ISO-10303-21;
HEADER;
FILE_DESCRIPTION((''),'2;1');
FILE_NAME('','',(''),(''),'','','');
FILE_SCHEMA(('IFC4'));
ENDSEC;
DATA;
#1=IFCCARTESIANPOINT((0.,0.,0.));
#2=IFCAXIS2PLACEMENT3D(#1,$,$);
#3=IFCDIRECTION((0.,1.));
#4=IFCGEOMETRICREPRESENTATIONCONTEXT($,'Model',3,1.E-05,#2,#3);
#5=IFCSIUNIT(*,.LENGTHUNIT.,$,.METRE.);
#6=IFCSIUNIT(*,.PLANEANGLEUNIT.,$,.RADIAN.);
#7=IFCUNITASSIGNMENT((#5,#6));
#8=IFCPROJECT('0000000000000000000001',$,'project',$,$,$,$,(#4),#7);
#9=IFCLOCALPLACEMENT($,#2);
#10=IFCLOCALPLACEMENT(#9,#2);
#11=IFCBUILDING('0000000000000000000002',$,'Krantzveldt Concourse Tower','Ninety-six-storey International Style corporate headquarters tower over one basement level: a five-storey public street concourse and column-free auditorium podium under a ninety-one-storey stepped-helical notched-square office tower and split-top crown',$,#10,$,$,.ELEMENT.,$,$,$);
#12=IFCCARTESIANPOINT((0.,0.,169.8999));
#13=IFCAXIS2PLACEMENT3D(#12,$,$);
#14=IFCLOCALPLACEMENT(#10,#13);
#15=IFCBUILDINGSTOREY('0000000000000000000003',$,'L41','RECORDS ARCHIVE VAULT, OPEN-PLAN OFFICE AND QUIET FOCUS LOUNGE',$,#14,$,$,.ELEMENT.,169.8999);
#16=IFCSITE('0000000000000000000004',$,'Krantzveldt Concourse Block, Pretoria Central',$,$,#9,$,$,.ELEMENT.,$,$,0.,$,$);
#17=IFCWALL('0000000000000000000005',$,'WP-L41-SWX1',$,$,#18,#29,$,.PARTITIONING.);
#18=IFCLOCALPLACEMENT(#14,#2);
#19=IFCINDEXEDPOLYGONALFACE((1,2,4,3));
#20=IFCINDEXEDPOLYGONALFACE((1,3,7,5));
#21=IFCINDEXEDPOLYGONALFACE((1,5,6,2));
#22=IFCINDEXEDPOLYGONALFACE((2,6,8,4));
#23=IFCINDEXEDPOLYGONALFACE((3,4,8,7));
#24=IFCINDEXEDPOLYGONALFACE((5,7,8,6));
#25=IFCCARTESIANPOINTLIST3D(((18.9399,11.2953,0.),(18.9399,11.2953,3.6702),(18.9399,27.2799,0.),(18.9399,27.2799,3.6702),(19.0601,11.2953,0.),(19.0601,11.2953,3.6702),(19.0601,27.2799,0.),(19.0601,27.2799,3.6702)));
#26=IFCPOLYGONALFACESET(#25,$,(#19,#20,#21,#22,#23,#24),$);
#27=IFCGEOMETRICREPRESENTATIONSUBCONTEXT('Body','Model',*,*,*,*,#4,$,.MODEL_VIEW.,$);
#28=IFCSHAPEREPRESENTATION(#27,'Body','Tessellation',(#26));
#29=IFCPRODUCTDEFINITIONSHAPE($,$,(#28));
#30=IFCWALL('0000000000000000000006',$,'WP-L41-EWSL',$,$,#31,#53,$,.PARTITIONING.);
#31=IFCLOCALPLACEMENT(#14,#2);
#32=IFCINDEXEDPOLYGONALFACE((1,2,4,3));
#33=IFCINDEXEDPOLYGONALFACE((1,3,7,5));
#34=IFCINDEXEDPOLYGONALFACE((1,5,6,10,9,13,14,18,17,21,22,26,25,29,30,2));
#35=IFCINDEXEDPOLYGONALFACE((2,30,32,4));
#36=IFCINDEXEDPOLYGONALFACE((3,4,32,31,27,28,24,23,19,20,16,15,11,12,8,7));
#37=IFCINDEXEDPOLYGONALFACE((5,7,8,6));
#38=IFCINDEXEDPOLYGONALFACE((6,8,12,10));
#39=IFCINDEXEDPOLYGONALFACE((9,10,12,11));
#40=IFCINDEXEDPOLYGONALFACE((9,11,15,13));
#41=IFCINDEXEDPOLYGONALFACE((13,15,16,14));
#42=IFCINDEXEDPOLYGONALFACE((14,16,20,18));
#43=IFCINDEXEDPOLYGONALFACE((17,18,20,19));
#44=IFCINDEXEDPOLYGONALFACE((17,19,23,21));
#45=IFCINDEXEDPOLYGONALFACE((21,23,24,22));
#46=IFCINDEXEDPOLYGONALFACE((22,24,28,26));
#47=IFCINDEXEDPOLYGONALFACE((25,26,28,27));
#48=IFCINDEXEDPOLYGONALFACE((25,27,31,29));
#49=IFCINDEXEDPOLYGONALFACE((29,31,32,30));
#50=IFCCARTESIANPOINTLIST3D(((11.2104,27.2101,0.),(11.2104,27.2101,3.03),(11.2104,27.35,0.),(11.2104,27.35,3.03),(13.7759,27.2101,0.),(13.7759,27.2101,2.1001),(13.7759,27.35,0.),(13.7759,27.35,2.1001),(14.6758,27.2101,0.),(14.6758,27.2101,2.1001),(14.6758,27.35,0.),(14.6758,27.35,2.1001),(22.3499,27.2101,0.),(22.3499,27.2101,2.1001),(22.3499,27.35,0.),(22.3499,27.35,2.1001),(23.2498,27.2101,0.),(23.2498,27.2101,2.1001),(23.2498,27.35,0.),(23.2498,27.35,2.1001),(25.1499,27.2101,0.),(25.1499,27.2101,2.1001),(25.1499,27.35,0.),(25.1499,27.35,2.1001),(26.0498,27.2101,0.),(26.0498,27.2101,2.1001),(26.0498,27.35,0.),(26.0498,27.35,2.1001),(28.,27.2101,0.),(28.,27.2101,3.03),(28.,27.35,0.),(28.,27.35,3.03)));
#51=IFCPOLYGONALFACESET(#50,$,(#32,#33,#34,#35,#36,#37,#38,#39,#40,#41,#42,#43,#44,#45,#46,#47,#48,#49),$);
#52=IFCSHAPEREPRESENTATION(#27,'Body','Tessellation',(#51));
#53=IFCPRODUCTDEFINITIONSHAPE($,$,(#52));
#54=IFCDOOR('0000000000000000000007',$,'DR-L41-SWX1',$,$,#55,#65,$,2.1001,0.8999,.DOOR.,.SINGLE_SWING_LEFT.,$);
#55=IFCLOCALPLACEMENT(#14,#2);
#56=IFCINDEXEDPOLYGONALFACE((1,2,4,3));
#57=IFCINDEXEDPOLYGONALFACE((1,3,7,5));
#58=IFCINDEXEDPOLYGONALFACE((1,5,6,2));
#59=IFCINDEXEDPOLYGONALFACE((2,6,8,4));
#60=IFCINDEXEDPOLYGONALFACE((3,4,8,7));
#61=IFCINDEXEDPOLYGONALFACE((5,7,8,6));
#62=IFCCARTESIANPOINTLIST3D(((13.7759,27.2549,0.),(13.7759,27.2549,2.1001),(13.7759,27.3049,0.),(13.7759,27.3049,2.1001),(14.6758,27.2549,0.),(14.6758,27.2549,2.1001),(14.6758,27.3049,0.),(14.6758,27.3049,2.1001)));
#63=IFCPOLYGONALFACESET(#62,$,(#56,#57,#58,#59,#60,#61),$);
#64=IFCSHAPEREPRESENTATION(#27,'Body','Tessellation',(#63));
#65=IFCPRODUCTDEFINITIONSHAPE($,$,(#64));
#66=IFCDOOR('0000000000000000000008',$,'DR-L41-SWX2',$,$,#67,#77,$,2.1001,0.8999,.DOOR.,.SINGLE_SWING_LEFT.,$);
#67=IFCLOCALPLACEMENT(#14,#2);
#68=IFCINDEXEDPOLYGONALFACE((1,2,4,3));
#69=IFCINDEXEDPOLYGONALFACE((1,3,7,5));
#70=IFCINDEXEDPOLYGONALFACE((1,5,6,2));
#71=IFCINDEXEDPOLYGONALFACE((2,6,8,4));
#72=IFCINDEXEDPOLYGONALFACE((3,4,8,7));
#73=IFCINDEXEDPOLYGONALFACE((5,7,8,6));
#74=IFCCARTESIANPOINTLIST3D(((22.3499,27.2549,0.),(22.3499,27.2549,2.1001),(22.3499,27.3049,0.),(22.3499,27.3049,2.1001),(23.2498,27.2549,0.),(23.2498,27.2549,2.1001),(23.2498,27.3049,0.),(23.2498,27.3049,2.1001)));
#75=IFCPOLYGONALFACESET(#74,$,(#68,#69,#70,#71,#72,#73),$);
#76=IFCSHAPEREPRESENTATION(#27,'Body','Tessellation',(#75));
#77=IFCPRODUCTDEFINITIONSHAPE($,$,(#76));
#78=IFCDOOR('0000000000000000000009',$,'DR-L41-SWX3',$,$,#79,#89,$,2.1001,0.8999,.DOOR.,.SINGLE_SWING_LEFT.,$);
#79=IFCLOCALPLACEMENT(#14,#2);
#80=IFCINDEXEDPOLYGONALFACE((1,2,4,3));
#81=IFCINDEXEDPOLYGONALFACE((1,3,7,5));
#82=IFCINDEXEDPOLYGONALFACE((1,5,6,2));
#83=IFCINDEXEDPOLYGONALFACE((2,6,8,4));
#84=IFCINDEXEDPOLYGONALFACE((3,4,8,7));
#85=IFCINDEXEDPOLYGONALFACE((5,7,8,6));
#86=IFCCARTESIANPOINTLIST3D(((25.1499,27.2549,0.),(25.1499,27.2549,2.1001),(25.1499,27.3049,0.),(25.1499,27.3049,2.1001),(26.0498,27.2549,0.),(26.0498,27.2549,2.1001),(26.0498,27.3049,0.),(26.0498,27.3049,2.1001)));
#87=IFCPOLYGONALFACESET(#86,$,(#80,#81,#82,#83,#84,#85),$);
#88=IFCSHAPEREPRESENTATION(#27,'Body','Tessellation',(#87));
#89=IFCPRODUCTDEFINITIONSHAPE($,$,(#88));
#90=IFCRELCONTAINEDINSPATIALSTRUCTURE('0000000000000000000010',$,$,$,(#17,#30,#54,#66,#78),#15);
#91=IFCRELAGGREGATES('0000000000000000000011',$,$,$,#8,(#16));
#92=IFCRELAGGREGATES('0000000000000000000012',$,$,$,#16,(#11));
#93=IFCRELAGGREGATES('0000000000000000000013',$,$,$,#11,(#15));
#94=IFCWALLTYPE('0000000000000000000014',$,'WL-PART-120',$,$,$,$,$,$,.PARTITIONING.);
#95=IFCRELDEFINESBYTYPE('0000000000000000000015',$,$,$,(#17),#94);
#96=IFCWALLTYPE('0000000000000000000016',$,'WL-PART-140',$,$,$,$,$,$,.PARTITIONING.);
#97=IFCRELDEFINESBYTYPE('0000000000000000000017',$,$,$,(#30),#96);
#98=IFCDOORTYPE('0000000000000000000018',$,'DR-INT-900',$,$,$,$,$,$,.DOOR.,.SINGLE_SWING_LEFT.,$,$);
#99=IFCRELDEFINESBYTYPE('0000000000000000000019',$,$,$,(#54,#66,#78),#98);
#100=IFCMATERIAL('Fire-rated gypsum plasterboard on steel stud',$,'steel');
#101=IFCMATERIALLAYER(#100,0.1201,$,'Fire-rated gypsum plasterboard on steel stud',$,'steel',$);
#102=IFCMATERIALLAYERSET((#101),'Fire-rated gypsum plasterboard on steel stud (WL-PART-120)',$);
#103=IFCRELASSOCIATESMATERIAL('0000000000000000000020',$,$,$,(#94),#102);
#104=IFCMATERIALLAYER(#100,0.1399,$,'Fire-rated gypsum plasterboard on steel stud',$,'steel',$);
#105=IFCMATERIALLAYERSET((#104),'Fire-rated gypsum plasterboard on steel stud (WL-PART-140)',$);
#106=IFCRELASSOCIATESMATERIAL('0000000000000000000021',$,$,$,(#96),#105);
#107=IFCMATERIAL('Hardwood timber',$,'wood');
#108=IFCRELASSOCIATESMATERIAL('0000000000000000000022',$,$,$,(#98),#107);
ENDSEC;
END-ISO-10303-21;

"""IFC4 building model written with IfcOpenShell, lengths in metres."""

from ifc_helpers import new_model, si_unit, direction, frame, frame_2d, origin, place, context, subcontext, project, spatial, rectangle, extrude, material, layer, layer_set, type_object, element, fill, save


model = new_model("IFC4")

# Units and contexts
model_context = context("Model", 3, precision=1e-05, world=origin(), true_north=direction((0.0, 1.0)))
body_context = subcontext(model_context, "Body", "Model", "MODEL_VIEW")
ifc_project = project(units=[si_unit("LENGTHUNIT", "METRE"), si_unit("PLANEANGLEUNIT", "RADIAN")], contexts=[model_context])

# Site, building, storey
site_placement = place(None, origin())
site = spatial("IfcSite", under=ifc_project, at=site_placement, Name="Krantzveldt Concourse Block, Pretoria Central", CompositionType="ELEMENT", RefElevation=0.0)
building_placement = place(site_placement, origin())
building = spatial("IfcBuilding", under=site, at=building_placement, Name="Krantzveldt Concourse Tower", Description="Ninety-six-storey International Style corporate headquarters tower over one basement level: a five-storey public street concourse and column-free auditorium podium under a ninety-one-storey stepped-helical notched-square office tower and split-top crown", CompositionType="ELEMENT")
storey_placement = place(building_placement, frame((0.0, 0.0, 169.8999)))
storey = spatial("IfcBuildingStorey", under=building, at=storey_placement, Name="L41", Description="RECORDS ARCHIVE VAULT, OPEN-PLAN OFFICE AND QUIET FOCUS LOUNGE", CompositionType="ELEMENT", Elevation=169.8999)

# Wall
ifc_material_1 = material(Name="Fire-rated gypsum plasterboard on steel stud", Category="steel")
ifc_layer_1 = layer(ifc_material_1, 0.1201, Name="Fire-rated gypsum plasterboard on steel stud", Category="steel")
ifc_layer_set_1 = layer_set([ifc_layer_1], Name="Fire-rated gypsum plasterboard on steel stud (WL-PART-120)")
wall_type_1 = type_object("IfcWallType", Name="WL-PART-120", PredefinedType="PARTITIONING", material=ifc_layer_set_1)
wall_1_placement = place(storey_placement, frame((19.0, 11.2954, 0.0), z_axis=(0.0, 0.0, 1.0), x_axis=(0.0, 1.0, 0.0)))
element("IfcWall", 1, at=wall_1_placement, inside=storey, type_object=wall_type_1, Name="WP-L41-SWX1", PredefinedType="PARTITIONING", context=body_context, shape_type="SweptSolid", body=[
    extrude(rectangle(XDim=15.9846, YDim=0.1201, at=frame_2d((7.9922, 0.0))), origin(), (0.0, 0.0, 1.0), 3.6702),
])

# Wall, openings, doors
ifc_layer_2 = layer(ifc_material_1, 0.1399, Name="Fire-rated gypsum plasterboard on steel stud", Category="steel")
ifc_layer_set_2 = layer_set([ifc_layer_2], Name="Fire-rated gypsum plasterboard on steel stud (WL-PART-140)")
wall_type_2 = type_object("IfcWallType", Name="WL-PART-140", PredefinedType="PARTITIONING", material=ifc_layer_set_2)
wall_2_placement = place(storey_placement, frame((11.2104, 27.28, 0.0), z_axis=(0.0, 0.0, 1.0), x_axis=(1.0, 0.0, 0.0)))
wall_2 = element("IfcWall", 2, at=wall_2_placement, inside=storey, type_object=wall_type_2, Name="WP-L41-EWSL", PredefinedType="PARTITIONING", context=body_context, shape_type="SweptSolid", body=[
    extrude(rectangle(XDim=16.7896, YDim=0.1399, at=frame_2d((8.3948, 0.0))), origin(), (0.0, 0.0, 1.0), 3.03),
])
opening_1_placement = place(wall_2_placement, frame((2.5654, 0.0, 0.0)))
opening_1 = element("IfcOpeningElement", 3, at=opening_1_placement, cuts=wall_2, PredefinedType="OPENING", context=body_context, shape_type="SweptSolid", body=[
    extrude(rectangle(XDim=0.8999, YDim=2.1001, at=frame_2d((0.45, 1.05))), frame((0.0, 0.0801, 0.0), z_axis=(0.0, -1.0, 0.0), x_axis=(1.0, 0.0, 0.0)), (0.0, 0.0, 1.0), 0.1599),
])
opening_2_placement = place(wall_2_placement, frame((11.1394, 0.0, 0.0)))
opening_2 = element("IfcOpeningElement", 4, at=opening_2_placement, cuts=wall_2, PredefinedType="OPENING", context=body_context, shape_type="SweptSolid", body=[
    extrude(rectangle(XDim=0.8999, YDim=2.1001, at=frame_2d((0.45, 1.05))), frame((0.0, 0.0801, 0.0), z_axis=(0.0, -1.0, 0.0), x_axis=(1.0, 0.0, 0.0)), (0.0, 0.0, 1.0), 0.1599),
])
opening_3_placement = place(wall_2_placement, frame((13.9395, 0.0, 0.0)))
opening_3 = element("IfcOpeningElement", 5, at=opening_3_placement, cuts=wall_2, PredefinedType="OPENING", context=body_context, shape_type="SweptSolid", body=[
    extrude(rectangle(XDim=0.8999, YDim=2.1001, at=frame_2d((0.45, 1.05))), frame((0.0, 0.0801, 0.0), z_axis=(0.0, -1.0, 0.0), x_axis=(1.0, 0.0, 0.0)), (0.0, 0.0, 1.0), 0.1599),
])
ifc_material_2 = material(Name="Hardwood timber", Category="wood")
door_type = type_object("IfcDoorType", Name="DR-INT-900", OperationType="SINGLE_SWING_LEFT", PredefinedType="DOOR", material=ifc_material_2)
door_1_placement = place(opening_1_placement, origin())
door_1 = element("IfcDoor", 6, at=door_1_placement, inside=storey, type_object=door_type, Name="DR-L41-SWX1", OperationType="SINGLE_SWING_LEFT", OverallHeight=2.1001, OverallWidth=0.8999, PredefinedType="DOOR", context=body_context, shape_type="SweptSolid", body=[
    extrude(rectangle(XDim=0.8999, YDim=2.1001, at=frame_2d((0.45, 1.05))), frame((0.0, 0.0249, 0.0), z_axis=(0.0, -1.0, 0.0), x_axis=(1.0, 0.0, 0.0)), (0.0, 0.0, 1.0), 0.05),
])
fill(opening_1, door_1)
door_2_placement = place(opening_2_placement, origin())
door_2 = element("IfcDoor", 7, at=door_2_placement, inside=storey, type_object=door_type, Name="DR-L41-SWX2", OperationType="SINGLE_SWING_LEFT", OverallHeight=2.1001, OverallWidth=0.8999, PredefinedType="DOOR", context=body_context, shape_type="SweptSolid", body=[
    extrude(rectangle(XDim=0.8999, YDim=2.1001, at=frame_2d((0.45, 1.05))), frame((0.0, 0.0249, 0.0), z_axis=(0.0, -1.0, 0.0), x_axis=(1.0, 0.0, 0.0)), (0.0, 0.0, 1.0), 0.05),
])
fill(opening_2, door_2)
door_3_placement = place(opening_3_placement, origin())
door_3 = element("IfcDoor", 8, at=door_3_placement, inside=storey, type_object=door_type, Name="DR-L41-SWX3", OperationType="SINGLE_SWING_LEFT", OverallHeight=2.1001, OverallWidth=0.8999, PredefinedType="DOOR", context=body_context, shape_type="SweptSolid", body=[
    extrude(rectangle(XDim=0.8999, YDim=2.1001, at=frame_2d((0.45, 1.05))), frame((0.0, 0.0249, 0.0), z_axis=(0.0, -1.0, 0.0), x_axis=(1.0, 0.0, 0.0)), (0.0, 0.0, 1.0), 0.05),
])
fill(opening_3, door_3)

save(model, "model.ifc")
